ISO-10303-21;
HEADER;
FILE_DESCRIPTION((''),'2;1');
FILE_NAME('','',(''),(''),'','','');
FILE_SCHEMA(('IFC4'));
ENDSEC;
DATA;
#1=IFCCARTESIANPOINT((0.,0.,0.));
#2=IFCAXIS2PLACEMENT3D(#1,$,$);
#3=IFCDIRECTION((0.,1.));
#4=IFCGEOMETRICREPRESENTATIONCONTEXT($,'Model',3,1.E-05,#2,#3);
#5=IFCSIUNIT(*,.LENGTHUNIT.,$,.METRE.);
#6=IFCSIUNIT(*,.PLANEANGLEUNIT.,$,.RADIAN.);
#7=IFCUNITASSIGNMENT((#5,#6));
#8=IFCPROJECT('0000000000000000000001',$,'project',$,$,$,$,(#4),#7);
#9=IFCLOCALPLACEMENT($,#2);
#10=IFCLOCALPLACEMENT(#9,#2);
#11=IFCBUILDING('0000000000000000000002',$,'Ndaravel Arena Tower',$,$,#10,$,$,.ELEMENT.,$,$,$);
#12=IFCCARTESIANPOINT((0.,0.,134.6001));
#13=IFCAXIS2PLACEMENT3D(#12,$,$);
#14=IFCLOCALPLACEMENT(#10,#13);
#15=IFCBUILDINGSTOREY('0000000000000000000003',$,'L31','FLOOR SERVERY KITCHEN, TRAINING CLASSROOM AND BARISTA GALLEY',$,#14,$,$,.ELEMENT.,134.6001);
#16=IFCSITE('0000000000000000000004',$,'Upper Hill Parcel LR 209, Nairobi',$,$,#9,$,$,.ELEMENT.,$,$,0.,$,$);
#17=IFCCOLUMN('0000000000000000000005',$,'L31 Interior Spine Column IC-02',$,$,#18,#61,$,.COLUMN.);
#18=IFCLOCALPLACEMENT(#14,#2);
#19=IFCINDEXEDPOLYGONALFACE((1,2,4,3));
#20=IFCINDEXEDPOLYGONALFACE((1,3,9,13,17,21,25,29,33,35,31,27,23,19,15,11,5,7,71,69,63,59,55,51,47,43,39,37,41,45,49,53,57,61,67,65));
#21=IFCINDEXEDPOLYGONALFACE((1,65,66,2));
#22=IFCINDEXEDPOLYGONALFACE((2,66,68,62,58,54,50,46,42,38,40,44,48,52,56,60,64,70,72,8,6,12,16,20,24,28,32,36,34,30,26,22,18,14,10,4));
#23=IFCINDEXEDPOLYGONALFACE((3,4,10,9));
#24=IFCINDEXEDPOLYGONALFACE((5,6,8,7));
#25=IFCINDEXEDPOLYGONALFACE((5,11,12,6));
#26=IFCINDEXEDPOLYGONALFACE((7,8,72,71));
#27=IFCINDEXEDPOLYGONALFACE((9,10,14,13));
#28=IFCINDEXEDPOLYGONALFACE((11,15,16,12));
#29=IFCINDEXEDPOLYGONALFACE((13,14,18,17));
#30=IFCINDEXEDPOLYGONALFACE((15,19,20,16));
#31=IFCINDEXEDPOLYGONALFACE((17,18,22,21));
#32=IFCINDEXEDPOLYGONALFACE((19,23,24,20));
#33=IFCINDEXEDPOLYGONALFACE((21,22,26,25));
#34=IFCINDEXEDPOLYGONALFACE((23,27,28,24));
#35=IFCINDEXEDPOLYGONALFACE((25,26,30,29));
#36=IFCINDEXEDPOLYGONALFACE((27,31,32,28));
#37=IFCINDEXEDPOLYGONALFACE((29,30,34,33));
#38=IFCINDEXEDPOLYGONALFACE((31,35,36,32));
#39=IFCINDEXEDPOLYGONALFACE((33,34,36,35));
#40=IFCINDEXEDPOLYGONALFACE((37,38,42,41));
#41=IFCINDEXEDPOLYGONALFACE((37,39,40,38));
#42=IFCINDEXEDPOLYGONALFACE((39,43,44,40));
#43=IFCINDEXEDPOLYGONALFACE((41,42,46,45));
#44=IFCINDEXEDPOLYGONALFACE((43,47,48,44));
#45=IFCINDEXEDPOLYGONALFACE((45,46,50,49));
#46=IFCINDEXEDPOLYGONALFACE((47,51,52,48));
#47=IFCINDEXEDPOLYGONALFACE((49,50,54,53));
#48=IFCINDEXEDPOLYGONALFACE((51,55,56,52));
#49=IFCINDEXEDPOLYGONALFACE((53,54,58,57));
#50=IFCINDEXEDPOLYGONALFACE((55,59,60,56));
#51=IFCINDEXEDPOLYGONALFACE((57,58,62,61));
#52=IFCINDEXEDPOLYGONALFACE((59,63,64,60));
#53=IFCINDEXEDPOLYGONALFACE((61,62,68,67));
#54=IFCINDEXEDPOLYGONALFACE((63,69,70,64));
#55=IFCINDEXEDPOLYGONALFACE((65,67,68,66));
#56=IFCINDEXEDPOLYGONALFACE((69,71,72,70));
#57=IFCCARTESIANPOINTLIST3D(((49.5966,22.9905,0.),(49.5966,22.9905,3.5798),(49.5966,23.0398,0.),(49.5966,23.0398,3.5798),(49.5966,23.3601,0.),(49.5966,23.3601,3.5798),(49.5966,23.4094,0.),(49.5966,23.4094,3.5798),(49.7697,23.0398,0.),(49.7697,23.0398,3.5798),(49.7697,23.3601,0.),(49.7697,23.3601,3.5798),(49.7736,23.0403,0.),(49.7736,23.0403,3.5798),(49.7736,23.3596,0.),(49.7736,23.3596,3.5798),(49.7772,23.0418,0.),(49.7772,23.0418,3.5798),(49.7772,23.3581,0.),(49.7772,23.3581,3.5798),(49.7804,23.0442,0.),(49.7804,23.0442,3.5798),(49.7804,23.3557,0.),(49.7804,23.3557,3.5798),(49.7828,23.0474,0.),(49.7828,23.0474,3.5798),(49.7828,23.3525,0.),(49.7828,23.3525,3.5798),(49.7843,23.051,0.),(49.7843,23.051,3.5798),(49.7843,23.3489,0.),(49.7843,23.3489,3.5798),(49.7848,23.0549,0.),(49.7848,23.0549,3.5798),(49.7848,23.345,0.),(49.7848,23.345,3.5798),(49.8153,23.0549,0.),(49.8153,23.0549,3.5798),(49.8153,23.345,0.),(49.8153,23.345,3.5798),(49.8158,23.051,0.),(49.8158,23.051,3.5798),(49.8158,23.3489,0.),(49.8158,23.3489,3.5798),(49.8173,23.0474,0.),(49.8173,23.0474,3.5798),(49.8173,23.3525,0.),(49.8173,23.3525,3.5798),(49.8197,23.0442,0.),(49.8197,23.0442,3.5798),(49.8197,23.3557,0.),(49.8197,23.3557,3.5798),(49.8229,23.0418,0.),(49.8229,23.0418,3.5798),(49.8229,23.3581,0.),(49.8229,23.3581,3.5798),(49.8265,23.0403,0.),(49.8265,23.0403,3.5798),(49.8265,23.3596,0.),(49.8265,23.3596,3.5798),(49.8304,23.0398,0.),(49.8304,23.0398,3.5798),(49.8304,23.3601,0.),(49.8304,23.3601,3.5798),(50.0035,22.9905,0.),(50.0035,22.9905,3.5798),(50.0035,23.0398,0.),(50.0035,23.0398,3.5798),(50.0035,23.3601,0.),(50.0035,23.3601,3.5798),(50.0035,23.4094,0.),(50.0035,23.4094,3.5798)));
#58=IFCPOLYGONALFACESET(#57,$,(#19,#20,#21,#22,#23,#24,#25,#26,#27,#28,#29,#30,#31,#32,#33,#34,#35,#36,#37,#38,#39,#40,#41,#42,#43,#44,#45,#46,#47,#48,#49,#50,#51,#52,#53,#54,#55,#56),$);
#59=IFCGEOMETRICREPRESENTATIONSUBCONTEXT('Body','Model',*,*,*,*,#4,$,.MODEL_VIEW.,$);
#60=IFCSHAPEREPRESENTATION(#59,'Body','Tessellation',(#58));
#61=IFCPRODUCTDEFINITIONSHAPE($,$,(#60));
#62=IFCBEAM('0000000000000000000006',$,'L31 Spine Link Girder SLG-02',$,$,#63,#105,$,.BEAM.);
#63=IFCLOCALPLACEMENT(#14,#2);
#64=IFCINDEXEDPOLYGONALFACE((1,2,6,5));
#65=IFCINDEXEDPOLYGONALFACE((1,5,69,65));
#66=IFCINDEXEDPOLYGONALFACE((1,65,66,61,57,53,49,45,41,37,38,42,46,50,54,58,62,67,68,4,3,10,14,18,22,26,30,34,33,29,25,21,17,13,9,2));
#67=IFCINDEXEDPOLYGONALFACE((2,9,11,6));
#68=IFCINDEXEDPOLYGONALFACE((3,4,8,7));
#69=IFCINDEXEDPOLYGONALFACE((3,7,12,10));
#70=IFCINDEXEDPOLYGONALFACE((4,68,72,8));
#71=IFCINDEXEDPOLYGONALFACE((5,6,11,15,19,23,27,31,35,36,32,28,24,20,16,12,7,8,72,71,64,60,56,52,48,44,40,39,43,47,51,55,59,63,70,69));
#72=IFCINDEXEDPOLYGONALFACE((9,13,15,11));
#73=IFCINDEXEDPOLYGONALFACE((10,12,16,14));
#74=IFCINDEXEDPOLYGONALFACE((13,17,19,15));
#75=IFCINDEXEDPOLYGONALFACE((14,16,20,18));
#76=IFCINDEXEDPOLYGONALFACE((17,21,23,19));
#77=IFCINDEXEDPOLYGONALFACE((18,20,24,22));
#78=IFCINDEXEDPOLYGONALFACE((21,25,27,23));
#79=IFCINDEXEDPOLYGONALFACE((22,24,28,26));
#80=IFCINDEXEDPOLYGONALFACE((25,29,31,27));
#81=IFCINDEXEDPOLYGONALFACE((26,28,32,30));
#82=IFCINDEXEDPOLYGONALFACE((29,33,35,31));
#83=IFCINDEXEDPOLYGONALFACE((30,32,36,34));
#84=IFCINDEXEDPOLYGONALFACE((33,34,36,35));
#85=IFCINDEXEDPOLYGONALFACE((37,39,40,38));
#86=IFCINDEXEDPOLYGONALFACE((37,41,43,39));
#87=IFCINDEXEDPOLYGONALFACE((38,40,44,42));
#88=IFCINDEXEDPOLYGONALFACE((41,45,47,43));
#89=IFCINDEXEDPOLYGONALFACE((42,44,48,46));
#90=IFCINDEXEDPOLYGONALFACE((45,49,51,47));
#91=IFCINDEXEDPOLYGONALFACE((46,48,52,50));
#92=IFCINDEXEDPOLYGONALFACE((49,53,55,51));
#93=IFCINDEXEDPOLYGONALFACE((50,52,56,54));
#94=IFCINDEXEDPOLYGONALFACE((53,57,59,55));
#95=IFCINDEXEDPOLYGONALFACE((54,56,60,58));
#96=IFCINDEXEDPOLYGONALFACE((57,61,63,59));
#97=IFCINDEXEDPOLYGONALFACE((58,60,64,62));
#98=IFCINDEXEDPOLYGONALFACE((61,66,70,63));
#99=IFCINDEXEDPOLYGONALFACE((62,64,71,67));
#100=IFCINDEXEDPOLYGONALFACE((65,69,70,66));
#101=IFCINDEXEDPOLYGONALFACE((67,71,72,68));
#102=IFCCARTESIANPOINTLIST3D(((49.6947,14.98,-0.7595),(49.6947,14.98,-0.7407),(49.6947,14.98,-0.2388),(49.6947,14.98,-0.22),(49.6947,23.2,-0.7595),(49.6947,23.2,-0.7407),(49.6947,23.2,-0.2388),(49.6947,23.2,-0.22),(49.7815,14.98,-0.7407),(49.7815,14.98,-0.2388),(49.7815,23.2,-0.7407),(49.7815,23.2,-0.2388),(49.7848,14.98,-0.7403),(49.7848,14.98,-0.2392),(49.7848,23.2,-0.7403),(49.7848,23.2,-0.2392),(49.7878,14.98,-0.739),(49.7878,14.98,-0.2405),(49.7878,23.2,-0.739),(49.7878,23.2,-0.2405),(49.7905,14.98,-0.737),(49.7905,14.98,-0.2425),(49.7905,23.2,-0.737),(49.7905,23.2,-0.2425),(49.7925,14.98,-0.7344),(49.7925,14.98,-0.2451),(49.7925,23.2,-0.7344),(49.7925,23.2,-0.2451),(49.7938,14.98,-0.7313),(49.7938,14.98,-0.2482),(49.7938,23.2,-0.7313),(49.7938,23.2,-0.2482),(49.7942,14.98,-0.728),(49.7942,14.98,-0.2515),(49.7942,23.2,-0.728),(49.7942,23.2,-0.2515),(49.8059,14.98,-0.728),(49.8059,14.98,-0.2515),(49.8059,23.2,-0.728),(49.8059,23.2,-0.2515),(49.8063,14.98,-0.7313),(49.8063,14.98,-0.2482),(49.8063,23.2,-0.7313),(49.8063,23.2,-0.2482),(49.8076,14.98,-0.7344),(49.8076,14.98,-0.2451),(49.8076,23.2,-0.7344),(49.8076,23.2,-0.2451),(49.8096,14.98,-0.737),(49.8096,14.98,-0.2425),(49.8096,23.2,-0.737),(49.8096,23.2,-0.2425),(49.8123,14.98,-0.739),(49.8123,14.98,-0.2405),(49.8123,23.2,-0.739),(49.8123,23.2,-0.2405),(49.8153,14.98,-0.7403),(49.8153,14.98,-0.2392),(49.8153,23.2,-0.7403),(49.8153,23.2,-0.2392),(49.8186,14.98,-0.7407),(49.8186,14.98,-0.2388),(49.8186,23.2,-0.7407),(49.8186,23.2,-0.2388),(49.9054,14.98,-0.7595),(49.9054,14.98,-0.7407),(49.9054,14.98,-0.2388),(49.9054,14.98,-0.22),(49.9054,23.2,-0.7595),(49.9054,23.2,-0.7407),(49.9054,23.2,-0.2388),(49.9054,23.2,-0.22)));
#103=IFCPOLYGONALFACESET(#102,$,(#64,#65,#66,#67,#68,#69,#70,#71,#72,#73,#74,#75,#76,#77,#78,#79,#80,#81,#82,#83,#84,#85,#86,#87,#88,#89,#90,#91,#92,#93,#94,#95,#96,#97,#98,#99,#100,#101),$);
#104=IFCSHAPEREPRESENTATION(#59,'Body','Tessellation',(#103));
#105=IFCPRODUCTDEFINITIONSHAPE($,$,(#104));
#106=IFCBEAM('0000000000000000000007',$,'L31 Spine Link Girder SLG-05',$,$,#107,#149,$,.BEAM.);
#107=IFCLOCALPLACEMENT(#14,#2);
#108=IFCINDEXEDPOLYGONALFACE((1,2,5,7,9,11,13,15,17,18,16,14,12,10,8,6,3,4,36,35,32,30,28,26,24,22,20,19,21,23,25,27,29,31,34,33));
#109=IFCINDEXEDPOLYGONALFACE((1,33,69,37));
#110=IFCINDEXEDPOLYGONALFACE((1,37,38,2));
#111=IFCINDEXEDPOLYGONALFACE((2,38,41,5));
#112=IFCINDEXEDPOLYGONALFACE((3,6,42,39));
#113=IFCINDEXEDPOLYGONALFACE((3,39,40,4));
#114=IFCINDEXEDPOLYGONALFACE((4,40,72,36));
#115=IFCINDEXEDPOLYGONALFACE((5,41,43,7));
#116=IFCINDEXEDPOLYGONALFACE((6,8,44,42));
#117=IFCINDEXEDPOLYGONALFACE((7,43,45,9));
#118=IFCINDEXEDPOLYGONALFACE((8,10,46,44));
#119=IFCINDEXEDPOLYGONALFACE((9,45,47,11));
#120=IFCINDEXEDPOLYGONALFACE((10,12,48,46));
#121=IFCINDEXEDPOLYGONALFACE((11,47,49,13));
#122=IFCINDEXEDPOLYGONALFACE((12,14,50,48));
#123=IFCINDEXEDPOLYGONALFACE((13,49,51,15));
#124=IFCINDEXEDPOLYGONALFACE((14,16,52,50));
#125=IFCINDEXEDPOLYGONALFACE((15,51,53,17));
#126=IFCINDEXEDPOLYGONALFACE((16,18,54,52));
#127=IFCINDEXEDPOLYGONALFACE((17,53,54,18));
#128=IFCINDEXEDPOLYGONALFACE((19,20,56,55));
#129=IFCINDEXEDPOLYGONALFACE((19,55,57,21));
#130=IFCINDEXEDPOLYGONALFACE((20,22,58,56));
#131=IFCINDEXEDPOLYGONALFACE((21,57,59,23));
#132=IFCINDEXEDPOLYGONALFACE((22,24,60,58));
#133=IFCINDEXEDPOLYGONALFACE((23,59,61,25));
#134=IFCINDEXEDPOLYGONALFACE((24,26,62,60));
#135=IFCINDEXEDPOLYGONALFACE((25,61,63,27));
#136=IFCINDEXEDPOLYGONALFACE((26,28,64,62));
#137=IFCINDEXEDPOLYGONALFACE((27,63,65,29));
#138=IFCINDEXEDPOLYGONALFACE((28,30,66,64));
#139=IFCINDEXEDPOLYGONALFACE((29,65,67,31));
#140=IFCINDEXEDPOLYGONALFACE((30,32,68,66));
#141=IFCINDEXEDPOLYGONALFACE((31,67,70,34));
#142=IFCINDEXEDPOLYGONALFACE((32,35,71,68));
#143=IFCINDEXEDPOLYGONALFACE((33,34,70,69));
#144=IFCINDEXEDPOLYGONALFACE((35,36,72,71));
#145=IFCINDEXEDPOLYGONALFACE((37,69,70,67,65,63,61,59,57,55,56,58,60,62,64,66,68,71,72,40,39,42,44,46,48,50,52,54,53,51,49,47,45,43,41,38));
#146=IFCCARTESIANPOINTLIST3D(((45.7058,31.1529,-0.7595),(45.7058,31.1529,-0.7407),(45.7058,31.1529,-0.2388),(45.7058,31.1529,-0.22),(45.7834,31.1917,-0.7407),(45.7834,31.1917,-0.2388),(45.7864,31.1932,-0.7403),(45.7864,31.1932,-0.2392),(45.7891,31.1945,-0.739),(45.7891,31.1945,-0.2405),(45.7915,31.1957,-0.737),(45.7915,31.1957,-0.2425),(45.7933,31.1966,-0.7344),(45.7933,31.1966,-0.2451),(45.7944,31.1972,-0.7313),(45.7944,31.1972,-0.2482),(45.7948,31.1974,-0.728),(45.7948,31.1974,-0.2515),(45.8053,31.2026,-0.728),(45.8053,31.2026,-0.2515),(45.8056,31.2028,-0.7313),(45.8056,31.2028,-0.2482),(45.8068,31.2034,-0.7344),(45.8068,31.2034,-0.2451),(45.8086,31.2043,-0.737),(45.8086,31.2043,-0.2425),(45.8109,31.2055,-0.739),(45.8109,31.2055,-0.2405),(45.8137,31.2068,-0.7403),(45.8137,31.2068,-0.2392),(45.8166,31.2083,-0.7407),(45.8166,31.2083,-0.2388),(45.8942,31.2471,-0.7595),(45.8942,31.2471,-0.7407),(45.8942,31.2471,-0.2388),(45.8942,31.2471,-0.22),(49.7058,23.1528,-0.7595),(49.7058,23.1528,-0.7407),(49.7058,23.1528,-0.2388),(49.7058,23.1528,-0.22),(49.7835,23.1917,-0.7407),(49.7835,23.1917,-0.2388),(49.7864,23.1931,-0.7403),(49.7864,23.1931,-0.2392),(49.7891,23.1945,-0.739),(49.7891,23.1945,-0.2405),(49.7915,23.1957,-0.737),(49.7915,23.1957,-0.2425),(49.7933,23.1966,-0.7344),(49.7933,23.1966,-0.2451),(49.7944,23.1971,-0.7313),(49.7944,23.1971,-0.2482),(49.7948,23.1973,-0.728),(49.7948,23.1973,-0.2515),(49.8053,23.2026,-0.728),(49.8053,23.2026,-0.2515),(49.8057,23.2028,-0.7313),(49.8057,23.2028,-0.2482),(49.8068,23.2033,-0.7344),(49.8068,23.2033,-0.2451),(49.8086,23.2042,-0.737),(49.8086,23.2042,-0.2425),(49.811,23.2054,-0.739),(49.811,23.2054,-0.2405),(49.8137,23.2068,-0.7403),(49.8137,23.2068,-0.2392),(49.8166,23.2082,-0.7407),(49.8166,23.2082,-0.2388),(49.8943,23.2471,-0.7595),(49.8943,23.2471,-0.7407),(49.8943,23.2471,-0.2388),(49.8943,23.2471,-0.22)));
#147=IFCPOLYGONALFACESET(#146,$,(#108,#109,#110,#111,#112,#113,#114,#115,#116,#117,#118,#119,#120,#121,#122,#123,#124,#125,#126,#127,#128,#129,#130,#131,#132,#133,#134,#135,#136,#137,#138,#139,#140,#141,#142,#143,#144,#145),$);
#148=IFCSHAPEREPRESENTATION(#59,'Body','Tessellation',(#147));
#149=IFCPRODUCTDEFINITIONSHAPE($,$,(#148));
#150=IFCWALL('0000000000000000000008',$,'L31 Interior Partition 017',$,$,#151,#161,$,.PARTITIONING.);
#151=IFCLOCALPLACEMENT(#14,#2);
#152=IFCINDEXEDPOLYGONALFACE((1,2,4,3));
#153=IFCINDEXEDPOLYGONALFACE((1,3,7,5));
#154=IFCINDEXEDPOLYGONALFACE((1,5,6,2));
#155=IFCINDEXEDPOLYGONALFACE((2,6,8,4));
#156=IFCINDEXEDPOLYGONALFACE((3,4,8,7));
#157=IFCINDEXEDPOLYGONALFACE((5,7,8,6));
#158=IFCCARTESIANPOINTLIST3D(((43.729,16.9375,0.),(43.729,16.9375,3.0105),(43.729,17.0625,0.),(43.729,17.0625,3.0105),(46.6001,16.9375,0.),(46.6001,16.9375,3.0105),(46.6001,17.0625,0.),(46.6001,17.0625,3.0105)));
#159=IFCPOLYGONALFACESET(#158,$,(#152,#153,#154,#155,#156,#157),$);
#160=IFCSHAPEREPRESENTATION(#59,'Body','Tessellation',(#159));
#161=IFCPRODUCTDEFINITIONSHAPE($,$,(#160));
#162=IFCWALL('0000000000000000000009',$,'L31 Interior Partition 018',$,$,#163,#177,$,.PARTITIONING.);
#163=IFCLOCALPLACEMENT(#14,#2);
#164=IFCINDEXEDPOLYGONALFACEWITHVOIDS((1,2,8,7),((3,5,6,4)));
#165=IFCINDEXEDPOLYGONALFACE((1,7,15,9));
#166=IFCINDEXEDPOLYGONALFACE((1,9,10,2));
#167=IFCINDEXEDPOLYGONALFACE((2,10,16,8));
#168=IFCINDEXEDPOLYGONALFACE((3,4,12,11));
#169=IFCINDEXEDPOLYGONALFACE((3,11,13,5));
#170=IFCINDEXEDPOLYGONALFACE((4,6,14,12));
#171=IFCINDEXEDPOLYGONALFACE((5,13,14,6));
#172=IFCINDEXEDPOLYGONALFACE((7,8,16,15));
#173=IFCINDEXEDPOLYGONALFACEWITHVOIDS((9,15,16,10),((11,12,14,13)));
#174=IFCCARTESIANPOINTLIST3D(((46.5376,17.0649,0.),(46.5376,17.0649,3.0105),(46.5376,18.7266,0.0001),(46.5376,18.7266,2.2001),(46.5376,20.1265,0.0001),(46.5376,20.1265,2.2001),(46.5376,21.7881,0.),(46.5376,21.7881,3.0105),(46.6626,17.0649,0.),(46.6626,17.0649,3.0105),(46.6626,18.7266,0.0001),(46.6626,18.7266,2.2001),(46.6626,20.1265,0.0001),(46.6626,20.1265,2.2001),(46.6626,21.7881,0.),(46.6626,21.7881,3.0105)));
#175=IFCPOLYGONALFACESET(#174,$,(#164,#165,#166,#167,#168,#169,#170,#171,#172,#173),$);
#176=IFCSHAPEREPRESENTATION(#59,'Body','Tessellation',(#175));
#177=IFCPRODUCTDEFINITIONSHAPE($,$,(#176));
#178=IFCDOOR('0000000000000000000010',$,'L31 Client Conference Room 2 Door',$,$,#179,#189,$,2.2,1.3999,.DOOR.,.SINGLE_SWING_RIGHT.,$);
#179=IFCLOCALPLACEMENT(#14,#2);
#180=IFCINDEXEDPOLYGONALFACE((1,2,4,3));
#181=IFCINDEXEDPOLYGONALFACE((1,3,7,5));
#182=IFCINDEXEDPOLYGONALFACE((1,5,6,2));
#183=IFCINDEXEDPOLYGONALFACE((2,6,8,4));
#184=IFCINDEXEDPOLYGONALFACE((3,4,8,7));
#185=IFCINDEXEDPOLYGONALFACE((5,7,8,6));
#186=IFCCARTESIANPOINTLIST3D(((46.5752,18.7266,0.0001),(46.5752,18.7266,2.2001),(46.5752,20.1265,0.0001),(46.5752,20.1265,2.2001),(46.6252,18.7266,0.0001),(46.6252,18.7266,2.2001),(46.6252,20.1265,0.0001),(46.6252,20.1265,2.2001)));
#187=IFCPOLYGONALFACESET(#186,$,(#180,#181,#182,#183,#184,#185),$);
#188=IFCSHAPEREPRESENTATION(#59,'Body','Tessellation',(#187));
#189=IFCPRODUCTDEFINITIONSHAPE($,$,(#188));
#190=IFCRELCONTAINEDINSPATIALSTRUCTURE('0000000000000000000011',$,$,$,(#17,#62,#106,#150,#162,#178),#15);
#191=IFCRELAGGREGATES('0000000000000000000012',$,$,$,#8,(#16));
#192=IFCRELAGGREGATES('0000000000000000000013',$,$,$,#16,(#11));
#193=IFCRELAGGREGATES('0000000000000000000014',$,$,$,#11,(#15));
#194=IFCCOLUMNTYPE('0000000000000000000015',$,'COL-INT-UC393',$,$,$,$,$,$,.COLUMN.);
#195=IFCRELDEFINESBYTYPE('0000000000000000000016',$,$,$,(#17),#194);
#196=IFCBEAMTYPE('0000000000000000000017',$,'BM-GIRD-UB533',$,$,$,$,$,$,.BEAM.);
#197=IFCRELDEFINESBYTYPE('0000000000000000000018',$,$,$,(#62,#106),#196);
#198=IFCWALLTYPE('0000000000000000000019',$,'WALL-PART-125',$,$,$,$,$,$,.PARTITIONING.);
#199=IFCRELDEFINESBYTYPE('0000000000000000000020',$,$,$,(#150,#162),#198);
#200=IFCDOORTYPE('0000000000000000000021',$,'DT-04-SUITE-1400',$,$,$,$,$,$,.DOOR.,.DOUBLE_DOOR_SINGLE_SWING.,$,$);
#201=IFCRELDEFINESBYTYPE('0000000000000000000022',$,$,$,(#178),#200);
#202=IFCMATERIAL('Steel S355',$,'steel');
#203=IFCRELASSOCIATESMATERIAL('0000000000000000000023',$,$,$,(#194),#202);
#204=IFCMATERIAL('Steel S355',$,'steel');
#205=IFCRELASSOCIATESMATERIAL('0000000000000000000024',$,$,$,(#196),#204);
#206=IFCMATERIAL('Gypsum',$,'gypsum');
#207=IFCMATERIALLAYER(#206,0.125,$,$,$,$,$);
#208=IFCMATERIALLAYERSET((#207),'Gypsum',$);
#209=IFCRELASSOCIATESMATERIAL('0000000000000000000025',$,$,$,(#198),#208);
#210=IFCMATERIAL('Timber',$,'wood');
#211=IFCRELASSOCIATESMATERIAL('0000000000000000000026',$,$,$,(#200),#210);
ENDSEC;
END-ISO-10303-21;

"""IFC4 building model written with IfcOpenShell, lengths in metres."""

from ifc_helpers import new_model, si_unit, direction, frame, frame_2d, origin, origin_2d, place, context, subcontext, project, spatial, rectangle, i_section, extrude, material, layer, layer_set, material_profile, profile_set, type_object, element, fill, save


model = new_model("IFC4")

# Units and contexts
model_context = context("Model", 3, precision=1e-05, world=origin(), true_north=direction((0.0, 1.0)))
body_context = subcontext(model_context, "Body", "Model", "MODEL_VIEW")
ifc_project = project(units=[si_unit("LENGTHUNIT", "METRE"), si_unit("PLANEANGLEUNIT", "RADIAN")], contexts=[model_context])

# Site, building, storey
site_placement = place(None, origin())
site = spatial("IfcSite", under=ifc_project, at=site_placement, Name="Upper Hill Parcel LR 209, Nairobi", CompositionType="ELEMENT", RefElevation=0.0)
building_placement = place(site_placement, origin())
building = spatial("IfcBuilding", under=site, at=building_placement, Name="Ndaravel Arena Tower", CompositionType="ELEMENT")
storey_placement = place(building_placement, frame((0.0, 0.0, 134.6001)))
storey = spatial("IfcBuildingStorey", under=building, at=storey_placement, Name="L31", Description="FLOOR SERVERY KITCHEN, TRAINING CLASSROOM AND BARISTA GALLEY", CompositionType="ELEMENT", Elevation=134.6001)

# Column
ifc_material_1 = material(Name="Steel S355", Category="steel")
ifc_material_profile_1 = material_profile(ifc_material_1, i_section(OverallWidth=0.407, OverallDepth=0.4189, WebThickness=0.0305, FlangeThickness=0.0493, FilletRadius=0.0151, at=origin_2d()), Name="UC 356x406x393")
ifc_profile_set_1 = profile_set([ifc_material_profile_1], Name="Steel S355")
column_type = type_object("IfcColumnType", Name="COL-INT-UC393", PredefinedType="COLUMN", material=ifc_profile_set_1)
column_placement = place(storey_placement, frame((49.8, 23.2, 0.0), z_axis=(0.0, 0.0, 1.0), x_axis=(1.0, 0.0, 0.0)))
element("IfcColumn", 1, at=column_placement, inside=storey, type_object=column_type, Name="L31 Interior Spine Column IC-02", PredefinedType="COLUMN", context=body_context, shape_type="SweptSolid", body=[
    extrude(i_section(OverallWidth=0.407, OverallDepth=0.4189, WebThickness=0.0305, FlangeThickness=0.0493, FilletRadius=0.0151, at=origin_2d()), origin(), (0.0, 0.0, 1.0), 3.5798),
])

# Beams
ifc_material_2 = material(Name="Steel S355", Category="steel")
ifc_material_profile_2 = material_profile(ifc_material_2, i_section(OverallWidth=0.2107, OverallDepth=0.5396, WebThickness=0.0117, FlangeThickness=0.0188, FilletRadius=0.0127, at=origin_2d()), Name="UB 533x210x109")
ifc_profile_set_2 = profile_set([ifc_material_profile_2], Name="Steel S355")
beam_type = type_object("IfcBeamType", Name="BM-GIRD-UB533", PredefinedType="BEAM", material=ifc_profile_set_2)
beam_1_placement = place(storey_placement, frame((49.8, 14.98, -0.4897), z_axis=(0.0, 1.0, 0.0), x_axis=(-1.0, 0.0, 0.0)))
element("IfcBeam", 2, at=beam_1_placement, inside=storey, type_object=beam_type, Name="L31 Spine Link Girder SLG-02", PredefinedType="BEAM", context=body_context, shape_type="SweptSolid", body=[
    extrude(i_section(OverallWidth=0.2107, OverallDepth=0.5396, WebThickness=0.0117, FlangeThickness=0.0188, FilletRadius=0.0127, at=origin_2d()), origin(), (0.0, 0.0, 1.0), 8.22),
])
beam_2_placement = place(storey_placement, frame((49.8, 23.2, -0.4897), z_axis=(-0.447214, 0.894427, 0.0), x_axis=(-0.894427, -0.447214, 0.0)))
element("IfcBeam", 3, at=beam_2_placement, inside=storey, type_object=beam_type, Name="L31 Spine Link Girder SLG-05", PredefinedType="BEAM", context=body_context, shape_type="SweptSolid", body=[
    extrude(i_section(OverallWidth=0.2107, OverallDepth=0.5396, WebThickness=0.0117, FlangeThickness=0.0188, FilletRadius=0.0127, at=origin_2d()), origin(), (0.0, 0.0, 1.0), 8.9443),
])

# Wall
ifc_material_3 = material(Name="Gypsum", Category="gypsum")
ifc_layer_1 = layer(ifc_material_3, 0.125)
ifc_layer_set_1 = layer_set([ifc_layer_1], Name="Gypsum")
wall_type_1 = type_object("IfcWallType", Name="WALL-PART-125", PredefinedType="PARTITIONING", material=ifc_layer_set_1)
wall_1_placement = place(storey_placement, frame((43.729, 17.0, 0.0), z_axis=(0.0, 0.0, 1.0), x_axis=(1.0, 0.0, 0.0)))
element("IfcWall", 4, at=wall_1_placement, inside=storey, type_object=wall_type_1, Name="L31 Interior Partition 017", PredefinedType="PARTITIONING", context=body_context, shape_type="SweptSolid", body=[
    extrude(rectangle(XDim=2.8711, YDim=0.125, at=frame_2d((1.4355, 0.0))), origin(), (0.0, 0.0, 1.0), 3.0105),
])

# Wall, opening, door
wall_2_placement = place(storey_placement, frame((46.6001, 17.0649, 0.0), z_axis=(0.0, 0.0, 1.0), x_axis=(0.0, 1.0, 0.0)))
wall_2 = element("IfcWall", 5, at=wall_2_placement, inside=storey, type_object=wall_type_1, Name="L31 Interior Partition 018", PredefinedType="PARTITIONING", context=body_context, shape_type="SweptSolid", body=[
    extrude(rectangle(XDim=4.7231, YDim=0.125, at=frame_2d((2.3616, 0.0))), origin(), (0.0, 0.0, 1.0), 3.0105),
])
opening_1_placement = place(wall_2_placement, frame((1.6616, 0.0, 0.0)))
opening_1 = element("IfcOpeningElement", 6, at=opening_1_placement, cuts=wall_2, PredefinedType="OPENING", context=body_context, shape_type="SweptSolid", body=[
    extrude(rectangle(XDim=1.3999, YDim=2.2, at=frame_2d((0.7, 1.1001))), frame((0.0, 0.0625, 0.0), z_axis=(0.0, -1.0, 0.0), x_axis=(1.0, 0.0, 0.0)), (0.0, 0.0, 1.0), 0.125),
])
ifc_material_4 = material(Name="Timber", Category="wood")
door_type_1 = type_object("IfcDoorType", Name="DT-04-SUITE-1400", OperationType="DOUBLE_DOOR_SINGLE_SWING", PredefinedType="DOOR", material=ifc_material_4)
door_1_placement = place(opening_1_placement, origin())
door_1 = element("IfcDoor", 7, at=door_1_placement, inside=storey, type_object=door_type_1, Name="L31 Client Conference Room 2 Door", OperationType="SINGLE_SWING_RIGHT", OverallHeight=2.2, OverallWidth=1.3999, PredefinedType="DOOR", context=body_context, shape_type="SweptSolid", body=[
    extrude(rectangle(XDim=1.3999, YDim=2.2, at=frame_2d((0.7, 1.1001))), frame((0.0, 0.0249, 0.0), z_axis=(0.0, -1.0, 0.0), x_axis=(1.0, 0.0, 0.0)), (0.0, 0.0, 1.0), 0.05),
])
fill(opening_1, door_1)

save(model, "model.ifc")
